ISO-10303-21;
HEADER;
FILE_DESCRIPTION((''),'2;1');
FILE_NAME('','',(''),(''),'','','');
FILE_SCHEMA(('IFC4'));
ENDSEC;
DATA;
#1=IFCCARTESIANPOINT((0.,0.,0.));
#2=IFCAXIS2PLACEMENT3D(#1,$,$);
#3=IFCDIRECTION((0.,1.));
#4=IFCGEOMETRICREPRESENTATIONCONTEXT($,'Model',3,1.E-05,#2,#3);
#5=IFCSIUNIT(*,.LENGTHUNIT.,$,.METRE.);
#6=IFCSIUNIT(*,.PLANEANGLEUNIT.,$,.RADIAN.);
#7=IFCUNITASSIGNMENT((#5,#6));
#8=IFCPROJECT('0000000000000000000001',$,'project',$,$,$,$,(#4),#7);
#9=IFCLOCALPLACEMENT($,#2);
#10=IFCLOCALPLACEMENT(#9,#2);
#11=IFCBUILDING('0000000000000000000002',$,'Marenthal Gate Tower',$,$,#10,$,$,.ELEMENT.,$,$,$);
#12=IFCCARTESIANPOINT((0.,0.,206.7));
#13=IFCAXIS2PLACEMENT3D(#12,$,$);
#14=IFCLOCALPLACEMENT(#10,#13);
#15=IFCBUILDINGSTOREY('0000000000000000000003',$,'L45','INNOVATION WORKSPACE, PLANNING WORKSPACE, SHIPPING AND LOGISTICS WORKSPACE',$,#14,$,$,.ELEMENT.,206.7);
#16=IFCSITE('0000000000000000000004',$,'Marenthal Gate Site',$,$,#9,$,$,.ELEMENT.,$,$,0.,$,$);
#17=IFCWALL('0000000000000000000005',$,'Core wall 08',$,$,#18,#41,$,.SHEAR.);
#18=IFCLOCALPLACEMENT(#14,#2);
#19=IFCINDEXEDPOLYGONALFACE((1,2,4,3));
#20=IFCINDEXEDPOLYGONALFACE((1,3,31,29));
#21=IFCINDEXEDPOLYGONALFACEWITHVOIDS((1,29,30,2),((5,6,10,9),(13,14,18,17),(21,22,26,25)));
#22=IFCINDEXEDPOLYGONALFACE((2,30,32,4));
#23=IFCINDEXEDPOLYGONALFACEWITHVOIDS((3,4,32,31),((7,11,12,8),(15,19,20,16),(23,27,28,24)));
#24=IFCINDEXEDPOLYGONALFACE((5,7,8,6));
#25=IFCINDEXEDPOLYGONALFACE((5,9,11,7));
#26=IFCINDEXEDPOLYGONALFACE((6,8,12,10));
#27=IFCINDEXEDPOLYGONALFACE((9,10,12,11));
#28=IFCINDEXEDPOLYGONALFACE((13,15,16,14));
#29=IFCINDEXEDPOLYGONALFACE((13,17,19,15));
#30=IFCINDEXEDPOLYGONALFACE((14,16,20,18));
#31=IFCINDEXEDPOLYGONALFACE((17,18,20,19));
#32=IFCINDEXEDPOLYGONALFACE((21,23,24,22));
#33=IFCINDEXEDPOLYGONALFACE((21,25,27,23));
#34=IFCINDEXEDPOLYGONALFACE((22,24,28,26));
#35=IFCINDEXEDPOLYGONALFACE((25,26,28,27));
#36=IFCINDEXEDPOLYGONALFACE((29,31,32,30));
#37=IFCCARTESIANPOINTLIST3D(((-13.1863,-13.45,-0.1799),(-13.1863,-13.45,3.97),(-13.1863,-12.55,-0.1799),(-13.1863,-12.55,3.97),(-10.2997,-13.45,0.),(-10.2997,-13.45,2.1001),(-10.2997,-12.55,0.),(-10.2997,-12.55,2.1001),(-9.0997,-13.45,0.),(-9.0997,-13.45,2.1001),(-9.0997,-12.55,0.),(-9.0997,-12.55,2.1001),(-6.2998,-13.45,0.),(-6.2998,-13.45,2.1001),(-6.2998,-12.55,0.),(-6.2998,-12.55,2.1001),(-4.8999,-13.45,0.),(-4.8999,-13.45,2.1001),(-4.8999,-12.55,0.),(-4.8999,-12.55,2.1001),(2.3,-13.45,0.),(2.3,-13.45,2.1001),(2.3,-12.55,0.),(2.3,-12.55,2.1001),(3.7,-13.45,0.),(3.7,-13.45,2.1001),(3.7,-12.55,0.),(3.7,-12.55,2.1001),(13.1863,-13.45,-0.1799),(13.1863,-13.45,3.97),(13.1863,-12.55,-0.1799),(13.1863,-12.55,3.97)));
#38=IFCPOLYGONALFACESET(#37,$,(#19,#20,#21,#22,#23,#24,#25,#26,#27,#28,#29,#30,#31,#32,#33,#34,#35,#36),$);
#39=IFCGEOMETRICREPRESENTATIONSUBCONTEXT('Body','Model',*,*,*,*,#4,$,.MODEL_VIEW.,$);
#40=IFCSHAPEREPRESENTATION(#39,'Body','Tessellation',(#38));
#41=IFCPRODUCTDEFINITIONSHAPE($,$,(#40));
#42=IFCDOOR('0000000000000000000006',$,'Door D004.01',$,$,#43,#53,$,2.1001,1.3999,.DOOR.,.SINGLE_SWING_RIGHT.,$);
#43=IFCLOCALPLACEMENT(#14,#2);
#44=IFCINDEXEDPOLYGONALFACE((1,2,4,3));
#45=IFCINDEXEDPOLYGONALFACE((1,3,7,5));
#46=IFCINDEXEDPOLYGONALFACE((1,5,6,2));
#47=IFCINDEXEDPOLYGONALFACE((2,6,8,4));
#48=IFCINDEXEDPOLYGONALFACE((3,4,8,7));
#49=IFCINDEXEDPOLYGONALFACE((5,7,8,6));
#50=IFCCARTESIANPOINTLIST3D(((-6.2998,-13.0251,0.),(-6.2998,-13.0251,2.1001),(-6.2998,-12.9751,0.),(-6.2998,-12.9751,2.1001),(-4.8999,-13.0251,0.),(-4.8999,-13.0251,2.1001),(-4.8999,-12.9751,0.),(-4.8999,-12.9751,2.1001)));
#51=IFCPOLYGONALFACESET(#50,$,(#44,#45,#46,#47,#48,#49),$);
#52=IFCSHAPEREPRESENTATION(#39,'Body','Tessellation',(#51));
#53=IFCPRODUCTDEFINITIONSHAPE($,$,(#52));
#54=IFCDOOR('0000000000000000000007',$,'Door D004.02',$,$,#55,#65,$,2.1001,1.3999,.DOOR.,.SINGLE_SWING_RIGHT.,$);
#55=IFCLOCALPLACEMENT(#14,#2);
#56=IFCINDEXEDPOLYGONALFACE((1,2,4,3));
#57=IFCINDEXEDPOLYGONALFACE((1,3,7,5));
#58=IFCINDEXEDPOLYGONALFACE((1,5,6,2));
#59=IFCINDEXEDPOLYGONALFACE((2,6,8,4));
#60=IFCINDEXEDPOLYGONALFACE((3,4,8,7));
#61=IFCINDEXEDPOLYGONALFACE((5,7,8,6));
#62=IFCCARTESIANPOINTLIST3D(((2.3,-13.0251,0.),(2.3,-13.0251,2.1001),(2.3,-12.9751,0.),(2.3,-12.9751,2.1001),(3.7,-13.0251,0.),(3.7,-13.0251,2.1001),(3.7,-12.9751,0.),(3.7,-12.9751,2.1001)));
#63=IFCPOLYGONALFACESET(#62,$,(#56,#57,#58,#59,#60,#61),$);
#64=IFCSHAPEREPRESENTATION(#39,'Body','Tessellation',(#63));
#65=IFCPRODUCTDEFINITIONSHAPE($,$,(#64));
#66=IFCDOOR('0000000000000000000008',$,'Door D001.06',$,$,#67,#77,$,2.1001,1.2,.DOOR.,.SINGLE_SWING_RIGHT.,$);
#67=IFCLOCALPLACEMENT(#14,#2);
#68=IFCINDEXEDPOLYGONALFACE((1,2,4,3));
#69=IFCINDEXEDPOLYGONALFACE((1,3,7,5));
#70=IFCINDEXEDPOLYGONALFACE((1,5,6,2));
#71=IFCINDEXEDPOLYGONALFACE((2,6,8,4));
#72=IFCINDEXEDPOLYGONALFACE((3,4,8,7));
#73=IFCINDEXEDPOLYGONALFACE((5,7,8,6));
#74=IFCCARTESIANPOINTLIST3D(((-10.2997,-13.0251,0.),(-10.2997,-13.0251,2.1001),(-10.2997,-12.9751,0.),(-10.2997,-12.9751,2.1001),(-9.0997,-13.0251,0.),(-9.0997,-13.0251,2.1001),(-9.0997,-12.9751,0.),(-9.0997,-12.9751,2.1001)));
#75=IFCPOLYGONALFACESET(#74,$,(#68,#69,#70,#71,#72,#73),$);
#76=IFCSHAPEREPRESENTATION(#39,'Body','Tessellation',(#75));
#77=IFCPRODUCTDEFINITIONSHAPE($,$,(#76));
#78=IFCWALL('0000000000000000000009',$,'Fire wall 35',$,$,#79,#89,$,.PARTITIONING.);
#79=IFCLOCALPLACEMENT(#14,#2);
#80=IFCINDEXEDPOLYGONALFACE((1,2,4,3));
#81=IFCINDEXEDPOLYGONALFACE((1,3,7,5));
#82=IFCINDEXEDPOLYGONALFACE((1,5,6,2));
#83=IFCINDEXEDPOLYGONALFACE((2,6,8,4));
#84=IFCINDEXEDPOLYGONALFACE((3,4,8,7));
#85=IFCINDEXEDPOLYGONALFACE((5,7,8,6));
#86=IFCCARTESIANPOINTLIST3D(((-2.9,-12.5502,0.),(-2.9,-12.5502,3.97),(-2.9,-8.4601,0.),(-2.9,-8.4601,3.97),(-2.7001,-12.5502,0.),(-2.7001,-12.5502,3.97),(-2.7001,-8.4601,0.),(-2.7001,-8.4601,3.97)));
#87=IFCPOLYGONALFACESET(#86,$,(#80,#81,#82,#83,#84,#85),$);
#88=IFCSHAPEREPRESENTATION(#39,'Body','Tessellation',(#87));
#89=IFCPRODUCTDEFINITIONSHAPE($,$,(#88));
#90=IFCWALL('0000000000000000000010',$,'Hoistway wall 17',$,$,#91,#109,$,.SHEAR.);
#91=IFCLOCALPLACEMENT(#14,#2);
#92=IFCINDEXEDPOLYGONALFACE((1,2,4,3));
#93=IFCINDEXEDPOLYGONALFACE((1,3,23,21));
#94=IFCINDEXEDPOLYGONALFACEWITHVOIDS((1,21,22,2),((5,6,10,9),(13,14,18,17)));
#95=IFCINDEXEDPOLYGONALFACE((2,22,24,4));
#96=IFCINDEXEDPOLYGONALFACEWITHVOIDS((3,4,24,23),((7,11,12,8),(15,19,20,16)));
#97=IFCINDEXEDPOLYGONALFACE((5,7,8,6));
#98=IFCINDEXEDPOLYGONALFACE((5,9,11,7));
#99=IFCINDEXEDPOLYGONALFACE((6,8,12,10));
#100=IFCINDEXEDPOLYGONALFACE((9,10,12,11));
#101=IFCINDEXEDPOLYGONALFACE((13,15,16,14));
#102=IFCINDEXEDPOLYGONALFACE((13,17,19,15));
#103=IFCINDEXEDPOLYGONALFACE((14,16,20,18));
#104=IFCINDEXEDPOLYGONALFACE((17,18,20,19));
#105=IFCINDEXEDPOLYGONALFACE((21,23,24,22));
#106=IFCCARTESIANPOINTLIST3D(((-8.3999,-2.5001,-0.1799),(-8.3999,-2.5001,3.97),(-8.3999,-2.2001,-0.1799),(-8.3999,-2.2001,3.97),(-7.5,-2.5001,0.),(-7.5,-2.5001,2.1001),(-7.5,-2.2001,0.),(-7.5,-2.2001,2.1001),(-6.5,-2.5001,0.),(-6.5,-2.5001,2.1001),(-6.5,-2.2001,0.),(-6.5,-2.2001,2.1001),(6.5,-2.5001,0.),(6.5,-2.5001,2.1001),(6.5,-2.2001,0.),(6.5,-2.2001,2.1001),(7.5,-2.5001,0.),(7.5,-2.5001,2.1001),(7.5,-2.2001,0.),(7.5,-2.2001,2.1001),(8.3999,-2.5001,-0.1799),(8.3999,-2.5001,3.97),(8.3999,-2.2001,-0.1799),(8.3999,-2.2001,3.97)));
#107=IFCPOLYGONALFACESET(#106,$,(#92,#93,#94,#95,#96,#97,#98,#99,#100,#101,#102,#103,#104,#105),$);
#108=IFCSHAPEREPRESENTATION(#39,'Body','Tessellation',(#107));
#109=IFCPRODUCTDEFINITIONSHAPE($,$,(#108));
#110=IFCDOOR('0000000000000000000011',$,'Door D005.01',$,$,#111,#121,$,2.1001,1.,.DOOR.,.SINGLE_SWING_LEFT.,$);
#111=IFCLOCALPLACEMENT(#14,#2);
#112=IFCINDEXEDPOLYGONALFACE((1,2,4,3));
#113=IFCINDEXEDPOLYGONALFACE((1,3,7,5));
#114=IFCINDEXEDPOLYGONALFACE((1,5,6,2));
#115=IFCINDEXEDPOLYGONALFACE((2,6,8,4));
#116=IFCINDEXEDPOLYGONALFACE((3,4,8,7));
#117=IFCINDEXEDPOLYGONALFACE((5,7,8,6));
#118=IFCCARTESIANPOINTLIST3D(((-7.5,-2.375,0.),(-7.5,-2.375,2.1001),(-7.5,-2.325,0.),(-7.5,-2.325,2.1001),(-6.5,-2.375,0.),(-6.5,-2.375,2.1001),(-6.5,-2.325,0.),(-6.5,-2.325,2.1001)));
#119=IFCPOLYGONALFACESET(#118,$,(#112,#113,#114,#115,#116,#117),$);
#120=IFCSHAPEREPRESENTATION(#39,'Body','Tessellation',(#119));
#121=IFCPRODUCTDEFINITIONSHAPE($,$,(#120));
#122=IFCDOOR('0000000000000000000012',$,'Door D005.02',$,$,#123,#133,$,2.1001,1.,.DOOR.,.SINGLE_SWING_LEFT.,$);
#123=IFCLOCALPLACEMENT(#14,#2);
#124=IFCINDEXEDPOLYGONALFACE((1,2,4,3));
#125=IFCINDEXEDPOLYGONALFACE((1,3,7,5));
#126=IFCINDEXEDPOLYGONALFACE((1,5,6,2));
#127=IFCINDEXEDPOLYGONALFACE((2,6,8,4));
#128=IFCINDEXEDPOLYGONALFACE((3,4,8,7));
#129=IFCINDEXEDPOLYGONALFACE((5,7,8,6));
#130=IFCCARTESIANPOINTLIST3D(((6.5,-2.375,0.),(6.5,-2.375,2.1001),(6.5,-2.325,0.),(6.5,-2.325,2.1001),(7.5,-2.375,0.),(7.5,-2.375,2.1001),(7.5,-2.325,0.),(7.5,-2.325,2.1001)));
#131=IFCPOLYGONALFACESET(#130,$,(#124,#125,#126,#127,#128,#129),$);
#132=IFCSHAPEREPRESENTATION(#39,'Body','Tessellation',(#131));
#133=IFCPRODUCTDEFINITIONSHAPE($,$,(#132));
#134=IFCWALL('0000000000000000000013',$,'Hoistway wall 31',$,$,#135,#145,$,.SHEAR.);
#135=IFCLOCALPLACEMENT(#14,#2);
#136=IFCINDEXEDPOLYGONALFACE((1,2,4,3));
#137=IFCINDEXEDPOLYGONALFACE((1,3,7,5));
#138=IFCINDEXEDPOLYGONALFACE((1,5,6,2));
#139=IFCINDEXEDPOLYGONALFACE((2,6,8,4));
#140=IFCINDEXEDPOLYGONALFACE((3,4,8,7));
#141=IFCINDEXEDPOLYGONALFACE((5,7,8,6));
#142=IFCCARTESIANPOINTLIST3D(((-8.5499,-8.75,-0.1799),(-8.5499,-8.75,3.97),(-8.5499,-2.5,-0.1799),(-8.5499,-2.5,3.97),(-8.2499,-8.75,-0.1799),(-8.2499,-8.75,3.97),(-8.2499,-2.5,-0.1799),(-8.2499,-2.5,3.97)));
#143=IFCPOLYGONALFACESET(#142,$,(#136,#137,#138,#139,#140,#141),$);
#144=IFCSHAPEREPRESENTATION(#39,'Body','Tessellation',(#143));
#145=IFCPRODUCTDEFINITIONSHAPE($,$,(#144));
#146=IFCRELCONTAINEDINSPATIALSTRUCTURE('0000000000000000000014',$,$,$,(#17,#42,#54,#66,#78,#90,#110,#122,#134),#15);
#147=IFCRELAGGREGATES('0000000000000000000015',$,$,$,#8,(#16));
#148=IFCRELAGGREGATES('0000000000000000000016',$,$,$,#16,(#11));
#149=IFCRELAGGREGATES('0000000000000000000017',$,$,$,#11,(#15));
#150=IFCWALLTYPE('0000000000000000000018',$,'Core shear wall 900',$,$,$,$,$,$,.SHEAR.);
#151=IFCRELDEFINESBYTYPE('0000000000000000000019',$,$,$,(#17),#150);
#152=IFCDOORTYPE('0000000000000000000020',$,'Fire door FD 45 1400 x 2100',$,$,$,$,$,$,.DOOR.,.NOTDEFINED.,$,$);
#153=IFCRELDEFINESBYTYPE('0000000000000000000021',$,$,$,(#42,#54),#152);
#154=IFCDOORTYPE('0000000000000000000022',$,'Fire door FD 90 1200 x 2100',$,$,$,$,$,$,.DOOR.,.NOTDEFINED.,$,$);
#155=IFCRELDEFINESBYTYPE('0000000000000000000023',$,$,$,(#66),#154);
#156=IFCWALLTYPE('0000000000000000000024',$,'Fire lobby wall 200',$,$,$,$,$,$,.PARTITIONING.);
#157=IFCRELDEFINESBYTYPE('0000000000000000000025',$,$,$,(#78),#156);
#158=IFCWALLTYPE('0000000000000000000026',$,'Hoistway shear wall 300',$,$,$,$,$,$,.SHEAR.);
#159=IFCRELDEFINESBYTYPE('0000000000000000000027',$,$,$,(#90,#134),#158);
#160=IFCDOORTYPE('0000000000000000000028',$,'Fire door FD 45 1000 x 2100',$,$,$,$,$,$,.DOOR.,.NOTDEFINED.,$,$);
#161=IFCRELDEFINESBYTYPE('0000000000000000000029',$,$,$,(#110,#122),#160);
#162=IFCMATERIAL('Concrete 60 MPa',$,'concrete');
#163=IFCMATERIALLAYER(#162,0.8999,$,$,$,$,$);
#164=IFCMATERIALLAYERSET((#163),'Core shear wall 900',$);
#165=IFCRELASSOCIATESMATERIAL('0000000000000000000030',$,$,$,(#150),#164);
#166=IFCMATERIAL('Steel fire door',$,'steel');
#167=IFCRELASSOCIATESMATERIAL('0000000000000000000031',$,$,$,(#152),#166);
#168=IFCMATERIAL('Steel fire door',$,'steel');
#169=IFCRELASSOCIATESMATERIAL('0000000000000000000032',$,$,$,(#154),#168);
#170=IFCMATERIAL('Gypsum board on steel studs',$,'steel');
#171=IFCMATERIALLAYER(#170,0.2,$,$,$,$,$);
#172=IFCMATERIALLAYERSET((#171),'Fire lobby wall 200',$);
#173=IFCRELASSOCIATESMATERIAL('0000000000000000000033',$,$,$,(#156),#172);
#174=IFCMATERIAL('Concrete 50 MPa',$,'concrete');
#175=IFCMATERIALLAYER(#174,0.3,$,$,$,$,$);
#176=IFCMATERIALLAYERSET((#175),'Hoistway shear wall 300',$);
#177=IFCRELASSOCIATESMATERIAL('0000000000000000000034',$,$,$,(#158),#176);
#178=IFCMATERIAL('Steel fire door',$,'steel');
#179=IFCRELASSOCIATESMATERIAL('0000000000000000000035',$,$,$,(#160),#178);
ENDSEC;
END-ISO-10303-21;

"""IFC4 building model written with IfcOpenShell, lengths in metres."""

from ifc_helpers import new_model, si_unit, direction, frame, frame_2d, origin, place, context, subcontext, project, spatial, rectangle, extrude, material, layer, layer_set, type_object, element, fill, save


model = new_model("IFC4")

# Units and contexts
model_context = context("Model", 3, precision=1e-05, world=origin(), true_north=direction((0.0, 1.0)))
body_context = subcontext(model_context, "Body", "Model", "MODEL_VIEW")
ifc_project = project(units=[si_unit("LENGTHUNIT", "METRE"), si_unit("PLANEANGLEUNIT", "RADIAN")], contexts=[model_context])

# Site, building, storey
site_placement = place(None, origin())
site = spatial("IfcSite", under=ifc_project, at=site_placement, Name="Marenthal Gate Site", CompositionType="ELEMENT", RefElevation=0.0)
building_placement = place(site_placement, origin())
building = spatial("IfcBuilding", under=site, at=building_placement, Name="Marenthal Gate Tower", CompositionType="ELEMENT")
storey_placement = place(building_placement, frame((0.0, 0.0, 206.7)))
storey = spatial("IfcBuildingStorey", under=building, at=storey_placement, Name="L45", Description="INNOVATION WORKSPACE, PLANNING WORKSPACE, SHIPPING AND LOGISTICS WORKSPACE", CompositionType="ELEMENT", Elevation=206.7)

# Wall, openings, doors
ifc_material_1 = material(Name="Concrete 60 MPa", Category="concrete")
ifc_layer_1 = layer(ifc_material_1, 0.8999)
ifc_layer_set_1 = layer_set([ifc_layer_1], Name="Core shear wall 900")
wall_type_1 = type_object("IfcWallType", Name="Core shear wall 900", PredefinedType="SHEAR", material=ifc_layer_set_1)
wall_1_placement = place(storey_placement, frame((-13.1863, -13.0, -0.1799), z_axis=(0.0, 0.0, 1.0), x_axis=(1.0, 0.0, 0.0)))
wall_1 = element("IfcWall", 1, at=wall_1_placement, inside=storey, type_object=wall_type_1, Name="Core wall 08", PredefinedType="SHEAR", context=body_context, shape_type="SweptSolid", body=[
    extrude(rectangle(XDim=26.3726, YDim=0.8999, at=frame_2d((13.1863, 0.0))), origin(), (0.0, 0.0, 1.0), 4.1499),
])
opening_1_placement = place(wall_1_placement, frame((2.8865, 0.0, 0.1799)))
opening_1 = element("IfcOpeningElement", 2, at=opening_1_placement, cuts=wall_1, PredefinedType="OPENING", context=body_context, shape_type="SweptSolid", body=[
    extrude(rectangle(XDim=1.2, YDim=2.1001, at=frame_2d((0.6001, 1.05))), frame((0.0, 0.46, 0.0), z_axis=(0.0, -1.0, 0.0), x_axis=(1.0, 0.0, 0.0)), (0.0, 0.0, 1.0), 0.9199),
])
opening_2_placement = place(wall_1_placement, frame((6.8865, 0.0, 0.1799)))
opening_2 = element("IfcOpeningElement", 3, at=opening_2_placement, cuts=wall_1, PredefinedType="OPENING", context=body_context, shape_type="SweptSolid", body=[
    extrude(rectangle(XDim=1.3999, YDim=2.1001, at=frame_2d((0.7, 1.05))), frame((0.0, 0.46, 0.0), z_axis=(0.0, -1.0, 0.0), x_axis=(1.0, 0.0, 0.0)), (0.0, 0.0, 1.0), 0.9199),
])
opening_3_placement = place(wall_1_placement, frame((15.4863, 0.0, 0.1799)))
opening_3 = element("IfcOpeningElement", 4, at=opening_3_placement, cuts=wall_1, PredefinedType="OPENING", context=body_context, shape_type="SweptSolid", body=[
    extrude(rectangle(XDim=1.3999, YDim=2.1001, at=frame_2d((0.7, 1.05))), frame((0.0, 0.46, 0.0), z_axis=(0.0, -1.0, 0.0), x_axis=(1.0, 0.0, 0.0)), (0.0, 0.0, 1.0), 0.9199),
])
ifc_material_2 = material(Name="Steel fire door", Category="steel")
door_type_1 = type_object("IfcDoorType", Name="Fire door FD 45 1400 x 2100", OperationType="NOTDEFINED", PredefinedType="DOOR", material=ifc_material_2)
door_1_placement = place(opening_2_placement, origin())
door_1 = element("IfcDoor", 5, at=door_1_placement, inside=storey, type_object=door_type_1, Name="Door D004.01", OperationType="SINGLE_SWING_RIGHT", OverallHeight=2.1001, OverallWidth=1.3999, PredefinedType="DOOR", context=body_context, shape_type="SweptSolid", body=[
    extrude(rectangle(XDim=1.3999, YDim=2.1001, at=frame_2d((0.7, 1.05))), frame((0.0, 0.0249, 0.0), z_axis=(0.0, -1.0, 0.0), x_axis=(1.0, 0.0, 0.0)), (0.0, 0.0, 1.0), 0.05),
])
fill(opening_2, door_1)
door_2_placement = place(opening_3_placement, origin())
door_2 = element("IfcDoor", 6, at=door_2_placement, inside=storey, type_object=door_type_1, Name="Door D004.02", OperationType="SINGLE_SWING_RIGHT", OverallHeight=2.1001, OverallWidth=1.3999, PredefinedType="DOOR", context=body_context, shape_type="SweptSolid", body=[
    extrude(rectangle(XDim=1.3999, YDim=2.1001, at=frame_2d((0.7, 1.05))), frame((0.0, 0.0249, 0.0), z_axis=(0.0, -1.0, 0.0), x_axis=(1.0, 0.0, 0.0)), (0.0, 0.0, 1.0), 0.05),
])
fill(opening_3, door_2)
ifc_material_3 = material(Name="Steel fire door", Category="steel")
door_type_2 = type_object("IfcDoorType", Name="Fire door FD 90 1200 x 2100", OperationType="NOTDEFINED", PredefinedType="DOOR", material=ifc_material_3)
door_3_placement = place(opening_1_placement, origin())
door_3 = element("IfcDoor", 7, at=door_3_placement, inside=storey, type_object=door_type_2, Name="Door D001.06", OperationType="SINGLE_SWING_RIGHT", OverallHeight=2.1001, OverallWidth=1.2, PredefinedType="DOOR", context=body_context, shape_type="SweptSolid", body=[
    extrude(rectangle(XDim=1.2, YDim=2.1001, at=frame_2d((0.6001, 1.05))), frame((0.0, 0.0249, 0.0), z_axis=(0.0, -1.0, 0.0), x_axis=(1.0, 0.0, 0.0)), (0.0, 0.0, 1.0), 0.05),
])
fill(opening_1, door_3)

# Wall
ifc_material_4 = material(Name="Gypsum board on steel studs", Category="steel")
ifc_layer_2 = layer(ifc_material_4, 0.2)
ifc_layer_set_2 = layer_set([ifc_layer_2], Name="Fire lobby wall 200")
wall_type_2 = type_object("IfcWallType", Name="Fire lobby wall 200", PredefinedType="PARTITIONING", material=ifc_layer_set_2)
wall_2_placement = place(storey_placement, frame((-2.8, -12.55, 0.0), z_axis=(0.0, 0.0, 1.0), x_axis=(0.0, 1.0, 0.0)))
element("IfcWall", 8, at=wall_2_placement, inside=storey, type_object=wall_type_2, Name="Fire wall 35", PredefinedType="PARTITIONING", context=body_context, shape_type="SweptSolid", body=[
    extrude(rectangle(XDim=4.0901, YDim=0.2, at=frame_2d((2.0449, 0.0))), origin(), (0.0, 0.0, 1.0), 3.97),
])

# Wall, openings, doors
ifc_material_5 = material(Name="Concrete 50 MPa", Category="concrete")
ifc_layer_3 = layer(ifc_material_5, 0.3)
ifc_layer_set_3 = layer_set([ifc_layer_3], Name="Hoistway shear wall 300")
wall_type_3 = type_object("IfcWallType", Name="Hoistway shear wall 300", PredefinedType="SHEAR", material=ifc_layer_set_3)
wall_3_placement = place(storey_placement, frame((-8.3999, -2.3501, -0.1799), z_axis=(0.0, 0.0, 1.0), x_axis=(1.0, 0.0, 0.0)))
wall_3 = element("IfcWall", 9, at=wall_3_placement, inside=storey, type_object=wall_type_3, Name="Hoistway wall 17", PredefinedType="SHEAR", context=body_context, shape_type="SweptSolid", body=[
    extrude(rectangle(XDim=16.7998, YDim=0.3, at=frame_2d((8.3999, 0.0))), origin(), (0.0, 0.0, 1.0), 4.1499),
])
opening_4_placement = place(wall_3_placement, frame((0.8999, 0.0, 0.1799)))
opening_4 = element("IfcOpeningElement", 10, at=opening_4_placement, cuts=wall_3, PredefinedType="OPENING", context=body_context, shape_type="SweptSolid", body=[
    extrude(rectangle(XDim=1.0, YDim=2.1001, at=frame_2d((0.5, 1.05))), frame((0.0, 0.1602, 0.0), z_axis=(0.0, -1.0, 0.0), x_axis=(1.0, 0.0, 0.0)), (0.0, 0.0, 1.0), 0.3201),
])
opening_5_placement = place(wall_3_placement, frame((14.8999, 0.0, 0.1799)))
opening_5 = element("IfcOpeningElement", 11, at=opening_5_placement, cuts=wall_3, PredefinedType="OPENING", context=body_context, shape_type="SweptSolid", body=[
    extrude(rectangle(XDim=1.0, YDim=2.1001, at=frame_2d((0.5, 1.05))), frame((0.0, 0.1602, 0.0), z_axis=(0.0, -1.0, 0.0), x_axis=(1.0, 0.0, 0.0)), (0.0, 0.0, 1.0), 0.3201),
])
ifc_material_6 = material(Name="Steel fire door", Category="steel")
door_type_3 = type_object("IfcDoorType", Name="Fire door FD 45 1000 x 2100", OperationType="NOTDEFINED", PredefinedType="DOOR", material=ifc_material_6)
door_4_placement = place(opening_4_placement, frame((1.0, 0.0, 0.0), z_axis=(0.0, 0.0, 1.0), x_axis=(-1.0, 0.0, 0.0)))
door_4 = element("IfcDoor", 12, at=door_4_placement, inside=storey, type_object=door_type_3, Name="Door D005.01", OperationType="SINGLE_SWING_LEFT", OverallHeight=2.1001, OverallWidth=1.0, PredefinedType="DOOR", context=body_context, shape_type="SweptSolid", body=[
    extrude(rectangle(XDim=1.0, YDim=2.1001, at=frame_2d((0.5, 1.05))), frame((0.0, 0.0249, 0.0), z_axis=(0.0, -1.0, 0.0), x_axis=(1.0, 0.0, 0.0)), (0.0, 0.0, 1.0), 0.05),
])
fill(opening_4, door_4)
door_5_placement = place(opening_5_placement, frame((1.0, 0.0, 0.0), z_axis=(0.0, 0.0, 1.0), x_axis=(-1.0, 0.0, 0.0)))
door_5 = element("IfcDoor", 13, at=door_5_placement, inside=storey, type_object=door_type_3, Name="Door D005.02", OperationType="SINGLE_SWING_LEFT", OverallHeight=2.1001, OverallWidth=1.0, PredefinedType="DOOR", context=body_context, shape_type="SweptSolid", body=[
    extrude(rectangle(XDim=1.0, YDim=2.1001, at=frame_2d((0.5, 1.05))), frame((0.0, 0.0249, 0.0), z_axis=(0.0, -1.0, 0.0), x_axis=(1.0, 0.0, 0.0)), (0.0, 0.0, 1.0), 0.05),
])
fill(opening_5, door_5)

# Wall
wall_4_placement = place(storey_placement, frame((-8.3999, -8.75, -0.1799), z_axis=(0.0, 0.0, 1.0), x_axis=(0.0, 1.0, 0.0)))
element("IfcWall", 14, at=wall_4_placement, inside=storey, type_object=wall_type_3, Name="Hoistway wall 31", PredefinedType="SHEAR", context=body_context, shape_type="SweptSolid", body=[
    extrude(rectangle(XDim=6.25, YDim=0.3, at=frame_2d((3.125, 0.0))), origin(), (0.0, 0.0, 1.0), 4.1499),
])

save(model, "model.ifc")
